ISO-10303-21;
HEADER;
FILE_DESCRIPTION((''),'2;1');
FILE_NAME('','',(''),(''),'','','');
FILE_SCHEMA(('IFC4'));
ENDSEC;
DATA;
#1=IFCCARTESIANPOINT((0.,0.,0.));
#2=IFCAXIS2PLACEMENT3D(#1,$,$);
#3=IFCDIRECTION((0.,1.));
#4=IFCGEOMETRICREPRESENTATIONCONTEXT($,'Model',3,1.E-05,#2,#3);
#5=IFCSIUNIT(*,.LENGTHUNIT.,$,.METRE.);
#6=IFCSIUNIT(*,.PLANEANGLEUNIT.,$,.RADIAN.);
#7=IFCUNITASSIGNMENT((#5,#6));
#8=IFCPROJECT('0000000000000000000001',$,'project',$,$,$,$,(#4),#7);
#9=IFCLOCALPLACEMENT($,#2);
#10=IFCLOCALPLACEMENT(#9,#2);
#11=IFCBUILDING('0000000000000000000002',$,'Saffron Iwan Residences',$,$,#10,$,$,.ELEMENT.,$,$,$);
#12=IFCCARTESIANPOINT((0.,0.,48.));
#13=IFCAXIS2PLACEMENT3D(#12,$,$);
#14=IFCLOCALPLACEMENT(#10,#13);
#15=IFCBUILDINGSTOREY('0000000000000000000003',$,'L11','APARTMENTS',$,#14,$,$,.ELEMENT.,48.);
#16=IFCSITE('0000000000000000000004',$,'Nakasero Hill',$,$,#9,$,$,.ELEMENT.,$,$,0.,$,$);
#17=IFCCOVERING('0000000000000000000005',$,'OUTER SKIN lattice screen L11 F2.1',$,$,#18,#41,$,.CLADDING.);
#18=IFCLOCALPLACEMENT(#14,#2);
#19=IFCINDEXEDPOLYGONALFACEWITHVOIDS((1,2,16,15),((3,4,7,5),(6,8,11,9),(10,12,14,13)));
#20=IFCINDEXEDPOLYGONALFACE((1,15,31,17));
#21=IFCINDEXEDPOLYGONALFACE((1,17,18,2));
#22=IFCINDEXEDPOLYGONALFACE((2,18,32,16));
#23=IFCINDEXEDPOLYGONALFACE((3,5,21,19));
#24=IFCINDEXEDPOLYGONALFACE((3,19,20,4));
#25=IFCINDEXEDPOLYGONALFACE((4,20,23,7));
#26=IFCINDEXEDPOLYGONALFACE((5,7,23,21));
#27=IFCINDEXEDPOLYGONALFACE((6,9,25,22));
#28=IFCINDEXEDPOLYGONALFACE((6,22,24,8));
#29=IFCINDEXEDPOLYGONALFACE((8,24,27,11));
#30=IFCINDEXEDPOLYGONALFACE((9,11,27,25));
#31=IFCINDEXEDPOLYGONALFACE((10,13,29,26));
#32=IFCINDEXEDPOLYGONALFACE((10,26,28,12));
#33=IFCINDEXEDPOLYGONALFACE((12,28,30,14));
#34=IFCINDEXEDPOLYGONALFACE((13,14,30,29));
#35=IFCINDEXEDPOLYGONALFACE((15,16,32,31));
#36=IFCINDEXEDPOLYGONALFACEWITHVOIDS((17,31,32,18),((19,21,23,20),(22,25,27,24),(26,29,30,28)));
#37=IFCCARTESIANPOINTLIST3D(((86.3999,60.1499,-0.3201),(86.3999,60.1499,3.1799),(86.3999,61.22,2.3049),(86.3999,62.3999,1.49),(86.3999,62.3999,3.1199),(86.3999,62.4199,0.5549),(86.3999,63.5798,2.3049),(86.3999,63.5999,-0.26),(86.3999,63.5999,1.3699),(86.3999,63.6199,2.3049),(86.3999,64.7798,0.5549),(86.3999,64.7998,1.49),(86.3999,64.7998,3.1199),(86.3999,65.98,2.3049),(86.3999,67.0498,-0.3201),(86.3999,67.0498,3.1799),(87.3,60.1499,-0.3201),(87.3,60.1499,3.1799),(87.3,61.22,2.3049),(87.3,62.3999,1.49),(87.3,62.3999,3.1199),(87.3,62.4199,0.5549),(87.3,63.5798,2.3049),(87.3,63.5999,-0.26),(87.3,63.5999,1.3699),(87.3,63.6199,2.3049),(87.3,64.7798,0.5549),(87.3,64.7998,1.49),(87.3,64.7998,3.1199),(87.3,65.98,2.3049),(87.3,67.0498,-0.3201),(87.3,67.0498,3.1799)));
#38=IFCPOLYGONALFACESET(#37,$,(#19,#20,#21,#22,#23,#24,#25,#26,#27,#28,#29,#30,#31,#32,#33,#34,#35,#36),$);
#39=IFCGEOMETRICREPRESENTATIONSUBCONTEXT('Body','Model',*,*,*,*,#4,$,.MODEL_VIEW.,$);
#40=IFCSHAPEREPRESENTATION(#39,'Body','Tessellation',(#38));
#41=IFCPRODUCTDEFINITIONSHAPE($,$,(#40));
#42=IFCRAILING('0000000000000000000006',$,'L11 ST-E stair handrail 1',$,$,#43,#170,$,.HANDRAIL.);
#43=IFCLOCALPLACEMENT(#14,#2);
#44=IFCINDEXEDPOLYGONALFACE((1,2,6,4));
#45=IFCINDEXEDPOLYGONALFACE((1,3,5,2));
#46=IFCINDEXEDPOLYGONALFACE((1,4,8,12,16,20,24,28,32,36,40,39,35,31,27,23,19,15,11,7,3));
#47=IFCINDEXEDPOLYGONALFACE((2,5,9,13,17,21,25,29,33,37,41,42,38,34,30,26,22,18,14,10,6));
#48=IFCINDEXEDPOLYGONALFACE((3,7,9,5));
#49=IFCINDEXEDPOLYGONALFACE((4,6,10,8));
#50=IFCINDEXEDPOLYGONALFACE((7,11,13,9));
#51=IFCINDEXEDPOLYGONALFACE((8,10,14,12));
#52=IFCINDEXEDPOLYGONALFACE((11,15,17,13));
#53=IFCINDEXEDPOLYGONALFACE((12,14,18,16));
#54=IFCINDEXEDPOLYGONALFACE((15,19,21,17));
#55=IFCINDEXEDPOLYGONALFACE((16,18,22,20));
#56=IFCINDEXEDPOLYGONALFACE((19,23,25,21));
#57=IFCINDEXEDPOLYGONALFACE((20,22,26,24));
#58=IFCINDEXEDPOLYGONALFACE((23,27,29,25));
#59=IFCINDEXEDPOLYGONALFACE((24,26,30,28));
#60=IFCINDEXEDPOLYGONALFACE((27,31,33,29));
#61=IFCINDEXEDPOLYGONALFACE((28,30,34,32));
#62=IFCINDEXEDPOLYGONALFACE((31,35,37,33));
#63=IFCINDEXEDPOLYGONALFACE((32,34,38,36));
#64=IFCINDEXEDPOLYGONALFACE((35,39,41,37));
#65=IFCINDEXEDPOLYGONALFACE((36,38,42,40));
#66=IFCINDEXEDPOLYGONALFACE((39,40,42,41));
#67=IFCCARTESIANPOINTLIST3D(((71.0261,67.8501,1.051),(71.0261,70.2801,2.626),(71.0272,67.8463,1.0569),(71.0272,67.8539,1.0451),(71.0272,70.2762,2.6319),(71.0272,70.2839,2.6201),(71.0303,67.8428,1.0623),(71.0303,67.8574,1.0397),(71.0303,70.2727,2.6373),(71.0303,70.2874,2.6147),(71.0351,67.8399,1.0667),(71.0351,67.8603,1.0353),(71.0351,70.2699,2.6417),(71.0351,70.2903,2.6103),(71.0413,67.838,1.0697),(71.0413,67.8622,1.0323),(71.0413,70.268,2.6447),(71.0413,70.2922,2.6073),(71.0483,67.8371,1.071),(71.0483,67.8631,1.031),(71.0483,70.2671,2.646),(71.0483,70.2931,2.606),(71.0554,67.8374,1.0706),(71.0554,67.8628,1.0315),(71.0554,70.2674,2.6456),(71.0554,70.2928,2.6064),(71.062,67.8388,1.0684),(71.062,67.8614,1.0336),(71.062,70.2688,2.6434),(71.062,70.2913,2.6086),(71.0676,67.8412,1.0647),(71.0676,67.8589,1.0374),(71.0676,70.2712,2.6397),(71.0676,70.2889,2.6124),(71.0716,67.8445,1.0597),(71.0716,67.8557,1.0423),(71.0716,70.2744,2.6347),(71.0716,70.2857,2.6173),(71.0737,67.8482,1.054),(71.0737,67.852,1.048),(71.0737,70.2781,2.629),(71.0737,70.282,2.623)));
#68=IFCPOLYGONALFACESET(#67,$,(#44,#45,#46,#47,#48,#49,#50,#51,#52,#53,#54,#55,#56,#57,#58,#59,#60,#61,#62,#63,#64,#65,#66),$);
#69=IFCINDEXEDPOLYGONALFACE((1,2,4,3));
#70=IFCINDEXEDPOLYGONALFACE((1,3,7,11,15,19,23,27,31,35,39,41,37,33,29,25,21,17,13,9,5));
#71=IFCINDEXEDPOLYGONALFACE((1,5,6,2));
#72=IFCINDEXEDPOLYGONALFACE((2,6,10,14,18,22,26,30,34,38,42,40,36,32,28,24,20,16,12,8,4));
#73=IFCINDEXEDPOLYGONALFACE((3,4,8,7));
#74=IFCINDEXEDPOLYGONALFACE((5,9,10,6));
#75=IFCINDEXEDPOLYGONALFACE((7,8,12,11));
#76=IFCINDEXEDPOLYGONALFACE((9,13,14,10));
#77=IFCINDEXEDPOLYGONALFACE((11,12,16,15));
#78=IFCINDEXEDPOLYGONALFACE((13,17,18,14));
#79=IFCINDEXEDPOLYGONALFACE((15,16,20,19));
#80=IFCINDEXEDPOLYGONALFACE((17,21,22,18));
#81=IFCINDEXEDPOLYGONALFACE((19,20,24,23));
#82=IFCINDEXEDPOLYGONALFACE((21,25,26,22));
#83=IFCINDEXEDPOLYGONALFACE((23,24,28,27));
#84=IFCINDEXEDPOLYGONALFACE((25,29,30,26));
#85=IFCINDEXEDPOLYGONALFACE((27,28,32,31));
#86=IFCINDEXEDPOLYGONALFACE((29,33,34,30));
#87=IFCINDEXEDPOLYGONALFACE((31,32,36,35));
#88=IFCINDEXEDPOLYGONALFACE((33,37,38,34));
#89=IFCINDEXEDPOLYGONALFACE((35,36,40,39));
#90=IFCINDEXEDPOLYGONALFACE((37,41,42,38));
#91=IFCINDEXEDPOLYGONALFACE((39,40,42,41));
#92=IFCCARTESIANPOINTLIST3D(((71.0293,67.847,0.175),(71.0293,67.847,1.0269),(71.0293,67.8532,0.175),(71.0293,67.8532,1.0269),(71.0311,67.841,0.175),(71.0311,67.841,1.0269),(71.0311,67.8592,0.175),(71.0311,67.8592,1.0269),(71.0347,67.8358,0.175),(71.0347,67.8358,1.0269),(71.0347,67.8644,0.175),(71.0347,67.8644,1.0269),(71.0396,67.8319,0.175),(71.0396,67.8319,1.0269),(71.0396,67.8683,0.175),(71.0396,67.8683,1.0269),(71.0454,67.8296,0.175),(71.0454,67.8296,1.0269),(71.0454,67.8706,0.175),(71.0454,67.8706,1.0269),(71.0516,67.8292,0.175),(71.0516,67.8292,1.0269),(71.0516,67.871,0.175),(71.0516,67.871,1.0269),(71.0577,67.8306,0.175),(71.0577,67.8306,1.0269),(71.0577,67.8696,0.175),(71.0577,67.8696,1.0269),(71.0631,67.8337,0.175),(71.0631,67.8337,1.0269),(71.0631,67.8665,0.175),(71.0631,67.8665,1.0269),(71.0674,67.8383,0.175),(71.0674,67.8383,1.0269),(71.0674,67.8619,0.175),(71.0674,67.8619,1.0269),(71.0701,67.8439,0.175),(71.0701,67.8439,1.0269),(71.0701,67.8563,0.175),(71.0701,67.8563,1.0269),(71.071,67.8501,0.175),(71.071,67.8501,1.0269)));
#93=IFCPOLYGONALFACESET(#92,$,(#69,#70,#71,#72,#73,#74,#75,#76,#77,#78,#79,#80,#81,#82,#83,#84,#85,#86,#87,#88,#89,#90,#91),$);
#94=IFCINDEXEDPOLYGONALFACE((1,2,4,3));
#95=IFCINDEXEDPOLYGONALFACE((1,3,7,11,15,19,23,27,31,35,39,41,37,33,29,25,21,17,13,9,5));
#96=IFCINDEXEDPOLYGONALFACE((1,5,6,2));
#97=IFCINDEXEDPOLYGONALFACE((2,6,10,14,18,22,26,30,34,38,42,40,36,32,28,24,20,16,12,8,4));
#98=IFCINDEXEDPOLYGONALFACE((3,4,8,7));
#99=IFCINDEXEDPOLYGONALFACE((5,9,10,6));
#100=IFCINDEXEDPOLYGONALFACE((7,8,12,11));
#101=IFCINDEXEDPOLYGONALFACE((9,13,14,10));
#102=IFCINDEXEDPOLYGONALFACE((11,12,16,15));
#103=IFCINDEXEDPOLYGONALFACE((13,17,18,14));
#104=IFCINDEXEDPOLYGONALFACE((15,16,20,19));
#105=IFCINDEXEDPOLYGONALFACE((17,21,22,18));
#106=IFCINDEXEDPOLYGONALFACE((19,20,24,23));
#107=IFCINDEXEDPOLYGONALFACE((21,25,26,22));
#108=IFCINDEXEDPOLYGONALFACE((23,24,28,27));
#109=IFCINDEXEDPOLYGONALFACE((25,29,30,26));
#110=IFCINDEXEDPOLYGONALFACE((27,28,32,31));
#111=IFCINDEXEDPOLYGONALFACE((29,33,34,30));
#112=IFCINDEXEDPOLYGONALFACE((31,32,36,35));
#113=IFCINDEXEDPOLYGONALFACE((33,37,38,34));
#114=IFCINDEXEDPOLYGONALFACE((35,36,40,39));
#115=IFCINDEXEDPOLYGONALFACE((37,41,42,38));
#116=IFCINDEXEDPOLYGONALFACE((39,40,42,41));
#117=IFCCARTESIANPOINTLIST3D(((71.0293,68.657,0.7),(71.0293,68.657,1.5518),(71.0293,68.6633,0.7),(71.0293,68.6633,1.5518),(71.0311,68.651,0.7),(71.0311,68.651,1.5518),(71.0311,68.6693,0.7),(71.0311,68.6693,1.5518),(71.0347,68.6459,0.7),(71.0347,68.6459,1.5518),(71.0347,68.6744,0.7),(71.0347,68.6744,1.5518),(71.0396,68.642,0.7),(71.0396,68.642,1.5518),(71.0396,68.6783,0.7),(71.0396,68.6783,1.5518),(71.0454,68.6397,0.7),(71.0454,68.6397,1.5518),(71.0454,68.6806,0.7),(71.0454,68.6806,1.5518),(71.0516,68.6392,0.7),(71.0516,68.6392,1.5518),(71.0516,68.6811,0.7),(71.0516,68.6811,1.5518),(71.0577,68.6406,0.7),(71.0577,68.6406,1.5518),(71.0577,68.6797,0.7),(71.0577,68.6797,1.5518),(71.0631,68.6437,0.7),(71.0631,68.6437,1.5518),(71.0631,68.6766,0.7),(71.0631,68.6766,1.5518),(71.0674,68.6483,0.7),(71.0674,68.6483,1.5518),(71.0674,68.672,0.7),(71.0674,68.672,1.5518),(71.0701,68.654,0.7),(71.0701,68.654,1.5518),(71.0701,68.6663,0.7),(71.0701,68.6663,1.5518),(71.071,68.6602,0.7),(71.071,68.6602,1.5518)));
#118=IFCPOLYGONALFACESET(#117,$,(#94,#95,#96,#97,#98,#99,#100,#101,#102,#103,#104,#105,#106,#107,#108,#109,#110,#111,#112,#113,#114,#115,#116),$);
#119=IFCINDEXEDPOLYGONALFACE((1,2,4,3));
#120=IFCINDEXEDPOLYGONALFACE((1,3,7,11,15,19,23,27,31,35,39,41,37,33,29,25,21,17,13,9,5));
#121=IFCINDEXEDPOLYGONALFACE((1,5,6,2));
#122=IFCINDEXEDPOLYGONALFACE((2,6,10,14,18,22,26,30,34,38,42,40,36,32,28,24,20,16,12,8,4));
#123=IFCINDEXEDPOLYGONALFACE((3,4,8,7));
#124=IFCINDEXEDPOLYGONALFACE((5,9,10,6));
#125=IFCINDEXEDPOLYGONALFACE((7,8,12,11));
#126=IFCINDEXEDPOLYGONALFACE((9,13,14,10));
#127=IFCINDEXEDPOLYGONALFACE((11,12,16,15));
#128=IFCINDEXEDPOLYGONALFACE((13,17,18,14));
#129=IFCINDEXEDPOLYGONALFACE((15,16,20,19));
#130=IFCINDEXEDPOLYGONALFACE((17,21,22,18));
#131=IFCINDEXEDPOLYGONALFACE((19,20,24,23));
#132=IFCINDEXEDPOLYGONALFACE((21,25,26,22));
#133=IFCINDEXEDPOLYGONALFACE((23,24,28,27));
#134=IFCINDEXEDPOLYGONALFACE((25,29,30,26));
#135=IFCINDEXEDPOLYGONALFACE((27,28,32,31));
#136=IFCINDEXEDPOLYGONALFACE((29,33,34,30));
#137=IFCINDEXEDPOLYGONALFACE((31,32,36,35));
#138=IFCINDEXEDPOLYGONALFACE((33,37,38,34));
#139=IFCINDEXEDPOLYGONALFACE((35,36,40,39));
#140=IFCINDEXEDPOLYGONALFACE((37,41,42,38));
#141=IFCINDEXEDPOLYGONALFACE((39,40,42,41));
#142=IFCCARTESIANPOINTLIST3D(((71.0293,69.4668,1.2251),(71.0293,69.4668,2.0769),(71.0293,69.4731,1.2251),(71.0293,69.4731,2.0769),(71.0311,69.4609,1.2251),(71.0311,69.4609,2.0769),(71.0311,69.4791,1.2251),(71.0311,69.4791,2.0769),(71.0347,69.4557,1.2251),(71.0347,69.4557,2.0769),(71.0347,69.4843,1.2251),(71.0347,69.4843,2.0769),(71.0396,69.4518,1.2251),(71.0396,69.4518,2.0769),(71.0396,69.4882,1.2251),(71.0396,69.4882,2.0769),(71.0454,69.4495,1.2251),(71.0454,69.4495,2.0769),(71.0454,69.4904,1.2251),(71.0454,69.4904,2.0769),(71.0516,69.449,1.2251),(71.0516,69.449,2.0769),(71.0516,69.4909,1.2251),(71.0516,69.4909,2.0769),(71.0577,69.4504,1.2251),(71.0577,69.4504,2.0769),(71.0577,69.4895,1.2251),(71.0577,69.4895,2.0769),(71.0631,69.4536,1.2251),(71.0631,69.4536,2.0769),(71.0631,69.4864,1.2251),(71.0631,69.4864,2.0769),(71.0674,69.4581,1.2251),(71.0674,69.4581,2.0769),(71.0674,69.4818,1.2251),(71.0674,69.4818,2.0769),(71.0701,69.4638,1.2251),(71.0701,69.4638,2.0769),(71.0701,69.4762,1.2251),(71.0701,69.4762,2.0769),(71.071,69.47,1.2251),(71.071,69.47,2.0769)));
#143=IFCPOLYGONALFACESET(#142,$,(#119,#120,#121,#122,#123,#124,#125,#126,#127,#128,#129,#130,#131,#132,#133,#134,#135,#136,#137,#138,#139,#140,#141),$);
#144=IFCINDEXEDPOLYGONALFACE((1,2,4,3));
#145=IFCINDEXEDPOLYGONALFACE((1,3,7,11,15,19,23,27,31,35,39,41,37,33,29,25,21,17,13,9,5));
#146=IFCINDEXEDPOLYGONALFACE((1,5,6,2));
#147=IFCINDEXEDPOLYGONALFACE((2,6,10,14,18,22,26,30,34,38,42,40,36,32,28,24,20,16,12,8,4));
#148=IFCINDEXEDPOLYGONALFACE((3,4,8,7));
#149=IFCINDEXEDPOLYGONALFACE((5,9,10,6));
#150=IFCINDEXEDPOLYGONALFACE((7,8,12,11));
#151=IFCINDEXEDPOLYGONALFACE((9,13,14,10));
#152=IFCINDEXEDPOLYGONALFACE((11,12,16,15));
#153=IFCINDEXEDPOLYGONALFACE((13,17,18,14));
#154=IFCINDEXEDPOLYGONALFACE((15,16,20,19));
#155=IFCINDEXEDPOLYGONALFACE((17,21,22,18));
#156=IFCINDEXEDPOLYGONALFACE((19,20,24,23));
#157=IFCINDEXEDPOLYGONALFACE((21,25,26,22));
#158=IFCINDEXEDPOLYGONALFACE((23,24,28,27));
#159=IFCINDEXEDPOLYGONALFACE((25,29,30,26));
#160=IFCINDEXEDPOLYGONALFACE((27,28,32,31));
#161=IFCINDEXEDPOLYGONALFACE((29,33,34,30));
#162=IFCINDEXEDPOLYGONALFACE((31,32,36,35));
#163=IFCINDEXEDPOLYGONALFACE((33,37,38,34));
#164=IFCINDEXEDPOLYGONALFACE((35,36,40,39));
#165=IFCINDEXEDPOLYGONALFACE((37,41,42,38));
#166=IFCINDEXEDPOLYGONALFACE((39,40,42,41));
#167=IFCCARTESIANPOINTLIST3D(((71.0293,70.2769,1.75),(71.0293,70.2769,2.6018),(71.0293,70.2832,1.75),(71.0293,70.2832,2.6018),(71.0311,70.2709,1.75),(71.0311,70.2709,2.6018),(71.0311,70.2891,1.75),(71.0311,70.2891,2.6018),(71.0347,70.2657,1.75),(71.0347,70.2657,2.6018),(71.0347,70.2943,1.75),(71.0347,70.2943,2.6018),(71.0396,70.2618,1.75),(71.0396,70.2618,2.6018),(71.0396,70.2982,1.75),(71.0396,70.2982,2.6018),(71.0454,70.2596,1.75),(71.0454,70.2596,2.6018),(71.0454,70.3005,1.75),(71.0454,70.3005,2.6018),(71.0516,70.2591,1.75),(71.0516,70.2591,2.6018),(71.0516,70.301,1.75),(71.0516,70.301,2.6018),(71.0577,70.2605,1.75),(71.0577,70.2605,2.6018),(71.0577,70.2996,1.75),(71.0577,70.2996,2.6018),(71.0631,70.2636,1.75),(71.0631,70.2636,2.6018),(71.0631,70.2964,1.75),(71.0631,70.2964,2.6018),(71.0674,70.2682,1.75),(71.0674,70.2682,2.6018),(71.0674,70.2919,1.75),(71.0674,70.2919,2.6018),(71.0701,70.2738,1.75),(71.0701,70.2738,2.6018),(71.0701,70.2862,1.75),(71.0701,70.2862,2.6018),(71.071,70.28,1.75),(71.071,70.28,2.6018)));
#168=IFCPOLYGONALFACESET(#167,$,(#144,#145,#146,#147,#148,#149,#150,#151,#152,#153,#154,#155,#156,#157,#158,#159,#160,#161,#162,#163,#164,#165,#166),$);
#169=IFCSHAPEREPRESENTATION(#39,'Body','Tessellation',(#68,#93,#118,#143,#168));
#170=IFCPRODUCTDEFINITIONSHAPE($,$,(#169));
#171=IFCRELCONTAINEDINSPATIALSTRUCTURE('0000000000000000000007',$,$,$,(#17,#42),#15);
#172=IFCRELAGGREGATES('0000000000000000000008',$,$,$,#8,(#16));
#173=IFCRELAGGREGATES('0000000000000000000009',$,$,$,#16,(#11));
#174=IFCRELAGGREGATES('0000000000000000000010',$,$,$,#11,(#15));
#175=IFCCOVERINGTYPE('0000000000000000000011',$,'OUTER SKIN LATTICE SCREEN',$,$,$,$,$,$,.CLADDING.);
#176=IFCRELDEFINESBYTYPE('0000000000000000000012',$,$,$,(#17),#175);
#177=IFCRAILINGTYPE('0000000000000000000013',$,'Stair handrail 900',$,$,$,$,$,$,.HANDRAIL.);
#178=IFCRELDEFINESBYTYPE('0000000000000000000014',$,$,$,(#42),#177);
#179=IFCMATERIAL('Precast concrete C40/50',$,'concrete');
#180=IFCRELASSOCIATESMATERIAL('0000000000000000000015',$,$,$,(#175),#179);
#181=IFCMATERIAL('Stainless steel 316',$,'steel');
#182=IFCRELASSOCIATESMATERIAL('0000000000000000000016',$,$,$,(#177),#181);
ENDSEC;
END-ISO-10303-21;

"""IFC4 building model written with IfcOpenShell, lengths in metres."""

from ifc_helpers import new_model, si_unit, direction, frame, origin, origin_2d, place, context, subcontext, project, spatial, polyline, circle, outline, extrude, material, type_object, element, save


model = new_model("IFC4")

# Units and contexts
model_context = context("Model", 3, precision=1e-05, world=origin(), true_north=direction((0.0, 1.0)))
body_context = subcontext(model_context, "Body", "Model", "MODEL_VIEW")
ifc_project = project(units=[si_unit("LENGTHUNIT", "METRE"), si_unit("PLANEANGLEUNIT", "RADIAN")], contexts=[model_context])

# Site, building, storey
site_placement = place(None, origin())
site = spatial("IfcSite", under=ifc_project, at=site_placement, Name="Nakasero Hill", CompositionType="ELEMENT", RefElevation=0.0)
building_placement = place(site_placement, origin())
building = spatial("IfcBuilding", under=site, at=building_placement, Name="Saffron Iwan Residences", CompositionType="ELEMENT")
storey_placement = place(building_placement, frame((0.0, 0.0, 48.0)))
storey = spatial("IfcBuildingStorey", under=building, at=storey_placement, Name="L11", Description="APARTMENTS", CompositionType="ELEMENT", Elevation=48.0)

# Shared definitions
ifc_material_1 = material(Name="Stainless steel 316", Category="steel")

# Covering
ifc_material_2 = material(Name="Precast concrete C40/50", Category="concrete")
covering_type = type_object("IfcCoveringType", Name="OUTER SKIN LATTICE SCREEN", PredefinedType="CLADDING", material=ifc_material_2)
covering_placement = place(storey_placement, frame((86.3999, 60.1499, -0.3201), z_axis=(1.0, 0.0, 0.0), x_axis=(0.0, 1.0, 0.0)))
element("IfcCovering", 1, at=covering_placement, inside=storey, type_object=covering_type, Name="OUTER SKIN lattice screen L11 F2.1", PredefinedType="CLADDING", context=body_context, shape_type="SweptSolid", body=[
    extrude(outline(polyline([(0.0, 0.0), (6.8999, 0.0), (6.8999, 3.5), (0.0, 3.5), (0.0, 0.0)]), holes=[polyline([(2.27, 0.875), (3.45, 0.0601), (4.6299, 0.875), (3.45, 1.6899), (2.27, 0.875)]), polyline([(1.0701, 2.625), (2.25, 1.8101), (3.4299, 2.625), (2.25, 3.4399), (1.0701, 2.625)]), polyline([(3.47, 2.625), (4.6499, 1.8101), (5.8301, 2.625), (4.6499, 3.4399), (3.47, 2.625)])]), origin(), (0.0, 0.0, 1.0), 0.9001),
])

# Railing
railing_type_1 = type_object("IfcRailingType", Name="Stair handrail 900", PredefinedType="HANDRAIL", material=ifc_material_1)
railing_1_placement = place(storey_placement, frame((71.05, 67.8501, 0.175)))
element("IfcRailing", 2, at=railing_1_placement, inside=storey, type_object=railing_type_1, Name="L11 ST-E stair handrail 1", PredefinedType="HANDRAIL", context=body_context, shape_type="SweptSolid", body=[
    extrude(circle(Radius=0.0239, at=origin_2d()), frame((0.0, 0.0, 0.876), z_axis=(0.0, 0.839154, 0.543894), x_axis=(-1.0, 0.0, 0.0)), (0.0, 0.0, 1.0), 2.8958),
    extrude(circle(Radius=0.021, at=origin_2d()), origin(), (0.0, 0.0, 1.0), 0.8518),
    extrude(circle(Radius=0.021, at=origin_2d()), frame((0.0, 0.8101, 0.5249)), (0.0, 0.0, 1.0), 0.8518),
    extrude(circle(Radius=0.021, at=origin_2d()), frame((0.0, 1.6199, 1.05)), (0.0, 0.0, 1.0), 0.8518),
    extrude(circle(Radius=0.021, at=origin_2d()), frame((0.0, 2.4299, 1.575)), (0.0, 0.0, 1.0), 0.8518),
])

save(model, "model.ifc")
